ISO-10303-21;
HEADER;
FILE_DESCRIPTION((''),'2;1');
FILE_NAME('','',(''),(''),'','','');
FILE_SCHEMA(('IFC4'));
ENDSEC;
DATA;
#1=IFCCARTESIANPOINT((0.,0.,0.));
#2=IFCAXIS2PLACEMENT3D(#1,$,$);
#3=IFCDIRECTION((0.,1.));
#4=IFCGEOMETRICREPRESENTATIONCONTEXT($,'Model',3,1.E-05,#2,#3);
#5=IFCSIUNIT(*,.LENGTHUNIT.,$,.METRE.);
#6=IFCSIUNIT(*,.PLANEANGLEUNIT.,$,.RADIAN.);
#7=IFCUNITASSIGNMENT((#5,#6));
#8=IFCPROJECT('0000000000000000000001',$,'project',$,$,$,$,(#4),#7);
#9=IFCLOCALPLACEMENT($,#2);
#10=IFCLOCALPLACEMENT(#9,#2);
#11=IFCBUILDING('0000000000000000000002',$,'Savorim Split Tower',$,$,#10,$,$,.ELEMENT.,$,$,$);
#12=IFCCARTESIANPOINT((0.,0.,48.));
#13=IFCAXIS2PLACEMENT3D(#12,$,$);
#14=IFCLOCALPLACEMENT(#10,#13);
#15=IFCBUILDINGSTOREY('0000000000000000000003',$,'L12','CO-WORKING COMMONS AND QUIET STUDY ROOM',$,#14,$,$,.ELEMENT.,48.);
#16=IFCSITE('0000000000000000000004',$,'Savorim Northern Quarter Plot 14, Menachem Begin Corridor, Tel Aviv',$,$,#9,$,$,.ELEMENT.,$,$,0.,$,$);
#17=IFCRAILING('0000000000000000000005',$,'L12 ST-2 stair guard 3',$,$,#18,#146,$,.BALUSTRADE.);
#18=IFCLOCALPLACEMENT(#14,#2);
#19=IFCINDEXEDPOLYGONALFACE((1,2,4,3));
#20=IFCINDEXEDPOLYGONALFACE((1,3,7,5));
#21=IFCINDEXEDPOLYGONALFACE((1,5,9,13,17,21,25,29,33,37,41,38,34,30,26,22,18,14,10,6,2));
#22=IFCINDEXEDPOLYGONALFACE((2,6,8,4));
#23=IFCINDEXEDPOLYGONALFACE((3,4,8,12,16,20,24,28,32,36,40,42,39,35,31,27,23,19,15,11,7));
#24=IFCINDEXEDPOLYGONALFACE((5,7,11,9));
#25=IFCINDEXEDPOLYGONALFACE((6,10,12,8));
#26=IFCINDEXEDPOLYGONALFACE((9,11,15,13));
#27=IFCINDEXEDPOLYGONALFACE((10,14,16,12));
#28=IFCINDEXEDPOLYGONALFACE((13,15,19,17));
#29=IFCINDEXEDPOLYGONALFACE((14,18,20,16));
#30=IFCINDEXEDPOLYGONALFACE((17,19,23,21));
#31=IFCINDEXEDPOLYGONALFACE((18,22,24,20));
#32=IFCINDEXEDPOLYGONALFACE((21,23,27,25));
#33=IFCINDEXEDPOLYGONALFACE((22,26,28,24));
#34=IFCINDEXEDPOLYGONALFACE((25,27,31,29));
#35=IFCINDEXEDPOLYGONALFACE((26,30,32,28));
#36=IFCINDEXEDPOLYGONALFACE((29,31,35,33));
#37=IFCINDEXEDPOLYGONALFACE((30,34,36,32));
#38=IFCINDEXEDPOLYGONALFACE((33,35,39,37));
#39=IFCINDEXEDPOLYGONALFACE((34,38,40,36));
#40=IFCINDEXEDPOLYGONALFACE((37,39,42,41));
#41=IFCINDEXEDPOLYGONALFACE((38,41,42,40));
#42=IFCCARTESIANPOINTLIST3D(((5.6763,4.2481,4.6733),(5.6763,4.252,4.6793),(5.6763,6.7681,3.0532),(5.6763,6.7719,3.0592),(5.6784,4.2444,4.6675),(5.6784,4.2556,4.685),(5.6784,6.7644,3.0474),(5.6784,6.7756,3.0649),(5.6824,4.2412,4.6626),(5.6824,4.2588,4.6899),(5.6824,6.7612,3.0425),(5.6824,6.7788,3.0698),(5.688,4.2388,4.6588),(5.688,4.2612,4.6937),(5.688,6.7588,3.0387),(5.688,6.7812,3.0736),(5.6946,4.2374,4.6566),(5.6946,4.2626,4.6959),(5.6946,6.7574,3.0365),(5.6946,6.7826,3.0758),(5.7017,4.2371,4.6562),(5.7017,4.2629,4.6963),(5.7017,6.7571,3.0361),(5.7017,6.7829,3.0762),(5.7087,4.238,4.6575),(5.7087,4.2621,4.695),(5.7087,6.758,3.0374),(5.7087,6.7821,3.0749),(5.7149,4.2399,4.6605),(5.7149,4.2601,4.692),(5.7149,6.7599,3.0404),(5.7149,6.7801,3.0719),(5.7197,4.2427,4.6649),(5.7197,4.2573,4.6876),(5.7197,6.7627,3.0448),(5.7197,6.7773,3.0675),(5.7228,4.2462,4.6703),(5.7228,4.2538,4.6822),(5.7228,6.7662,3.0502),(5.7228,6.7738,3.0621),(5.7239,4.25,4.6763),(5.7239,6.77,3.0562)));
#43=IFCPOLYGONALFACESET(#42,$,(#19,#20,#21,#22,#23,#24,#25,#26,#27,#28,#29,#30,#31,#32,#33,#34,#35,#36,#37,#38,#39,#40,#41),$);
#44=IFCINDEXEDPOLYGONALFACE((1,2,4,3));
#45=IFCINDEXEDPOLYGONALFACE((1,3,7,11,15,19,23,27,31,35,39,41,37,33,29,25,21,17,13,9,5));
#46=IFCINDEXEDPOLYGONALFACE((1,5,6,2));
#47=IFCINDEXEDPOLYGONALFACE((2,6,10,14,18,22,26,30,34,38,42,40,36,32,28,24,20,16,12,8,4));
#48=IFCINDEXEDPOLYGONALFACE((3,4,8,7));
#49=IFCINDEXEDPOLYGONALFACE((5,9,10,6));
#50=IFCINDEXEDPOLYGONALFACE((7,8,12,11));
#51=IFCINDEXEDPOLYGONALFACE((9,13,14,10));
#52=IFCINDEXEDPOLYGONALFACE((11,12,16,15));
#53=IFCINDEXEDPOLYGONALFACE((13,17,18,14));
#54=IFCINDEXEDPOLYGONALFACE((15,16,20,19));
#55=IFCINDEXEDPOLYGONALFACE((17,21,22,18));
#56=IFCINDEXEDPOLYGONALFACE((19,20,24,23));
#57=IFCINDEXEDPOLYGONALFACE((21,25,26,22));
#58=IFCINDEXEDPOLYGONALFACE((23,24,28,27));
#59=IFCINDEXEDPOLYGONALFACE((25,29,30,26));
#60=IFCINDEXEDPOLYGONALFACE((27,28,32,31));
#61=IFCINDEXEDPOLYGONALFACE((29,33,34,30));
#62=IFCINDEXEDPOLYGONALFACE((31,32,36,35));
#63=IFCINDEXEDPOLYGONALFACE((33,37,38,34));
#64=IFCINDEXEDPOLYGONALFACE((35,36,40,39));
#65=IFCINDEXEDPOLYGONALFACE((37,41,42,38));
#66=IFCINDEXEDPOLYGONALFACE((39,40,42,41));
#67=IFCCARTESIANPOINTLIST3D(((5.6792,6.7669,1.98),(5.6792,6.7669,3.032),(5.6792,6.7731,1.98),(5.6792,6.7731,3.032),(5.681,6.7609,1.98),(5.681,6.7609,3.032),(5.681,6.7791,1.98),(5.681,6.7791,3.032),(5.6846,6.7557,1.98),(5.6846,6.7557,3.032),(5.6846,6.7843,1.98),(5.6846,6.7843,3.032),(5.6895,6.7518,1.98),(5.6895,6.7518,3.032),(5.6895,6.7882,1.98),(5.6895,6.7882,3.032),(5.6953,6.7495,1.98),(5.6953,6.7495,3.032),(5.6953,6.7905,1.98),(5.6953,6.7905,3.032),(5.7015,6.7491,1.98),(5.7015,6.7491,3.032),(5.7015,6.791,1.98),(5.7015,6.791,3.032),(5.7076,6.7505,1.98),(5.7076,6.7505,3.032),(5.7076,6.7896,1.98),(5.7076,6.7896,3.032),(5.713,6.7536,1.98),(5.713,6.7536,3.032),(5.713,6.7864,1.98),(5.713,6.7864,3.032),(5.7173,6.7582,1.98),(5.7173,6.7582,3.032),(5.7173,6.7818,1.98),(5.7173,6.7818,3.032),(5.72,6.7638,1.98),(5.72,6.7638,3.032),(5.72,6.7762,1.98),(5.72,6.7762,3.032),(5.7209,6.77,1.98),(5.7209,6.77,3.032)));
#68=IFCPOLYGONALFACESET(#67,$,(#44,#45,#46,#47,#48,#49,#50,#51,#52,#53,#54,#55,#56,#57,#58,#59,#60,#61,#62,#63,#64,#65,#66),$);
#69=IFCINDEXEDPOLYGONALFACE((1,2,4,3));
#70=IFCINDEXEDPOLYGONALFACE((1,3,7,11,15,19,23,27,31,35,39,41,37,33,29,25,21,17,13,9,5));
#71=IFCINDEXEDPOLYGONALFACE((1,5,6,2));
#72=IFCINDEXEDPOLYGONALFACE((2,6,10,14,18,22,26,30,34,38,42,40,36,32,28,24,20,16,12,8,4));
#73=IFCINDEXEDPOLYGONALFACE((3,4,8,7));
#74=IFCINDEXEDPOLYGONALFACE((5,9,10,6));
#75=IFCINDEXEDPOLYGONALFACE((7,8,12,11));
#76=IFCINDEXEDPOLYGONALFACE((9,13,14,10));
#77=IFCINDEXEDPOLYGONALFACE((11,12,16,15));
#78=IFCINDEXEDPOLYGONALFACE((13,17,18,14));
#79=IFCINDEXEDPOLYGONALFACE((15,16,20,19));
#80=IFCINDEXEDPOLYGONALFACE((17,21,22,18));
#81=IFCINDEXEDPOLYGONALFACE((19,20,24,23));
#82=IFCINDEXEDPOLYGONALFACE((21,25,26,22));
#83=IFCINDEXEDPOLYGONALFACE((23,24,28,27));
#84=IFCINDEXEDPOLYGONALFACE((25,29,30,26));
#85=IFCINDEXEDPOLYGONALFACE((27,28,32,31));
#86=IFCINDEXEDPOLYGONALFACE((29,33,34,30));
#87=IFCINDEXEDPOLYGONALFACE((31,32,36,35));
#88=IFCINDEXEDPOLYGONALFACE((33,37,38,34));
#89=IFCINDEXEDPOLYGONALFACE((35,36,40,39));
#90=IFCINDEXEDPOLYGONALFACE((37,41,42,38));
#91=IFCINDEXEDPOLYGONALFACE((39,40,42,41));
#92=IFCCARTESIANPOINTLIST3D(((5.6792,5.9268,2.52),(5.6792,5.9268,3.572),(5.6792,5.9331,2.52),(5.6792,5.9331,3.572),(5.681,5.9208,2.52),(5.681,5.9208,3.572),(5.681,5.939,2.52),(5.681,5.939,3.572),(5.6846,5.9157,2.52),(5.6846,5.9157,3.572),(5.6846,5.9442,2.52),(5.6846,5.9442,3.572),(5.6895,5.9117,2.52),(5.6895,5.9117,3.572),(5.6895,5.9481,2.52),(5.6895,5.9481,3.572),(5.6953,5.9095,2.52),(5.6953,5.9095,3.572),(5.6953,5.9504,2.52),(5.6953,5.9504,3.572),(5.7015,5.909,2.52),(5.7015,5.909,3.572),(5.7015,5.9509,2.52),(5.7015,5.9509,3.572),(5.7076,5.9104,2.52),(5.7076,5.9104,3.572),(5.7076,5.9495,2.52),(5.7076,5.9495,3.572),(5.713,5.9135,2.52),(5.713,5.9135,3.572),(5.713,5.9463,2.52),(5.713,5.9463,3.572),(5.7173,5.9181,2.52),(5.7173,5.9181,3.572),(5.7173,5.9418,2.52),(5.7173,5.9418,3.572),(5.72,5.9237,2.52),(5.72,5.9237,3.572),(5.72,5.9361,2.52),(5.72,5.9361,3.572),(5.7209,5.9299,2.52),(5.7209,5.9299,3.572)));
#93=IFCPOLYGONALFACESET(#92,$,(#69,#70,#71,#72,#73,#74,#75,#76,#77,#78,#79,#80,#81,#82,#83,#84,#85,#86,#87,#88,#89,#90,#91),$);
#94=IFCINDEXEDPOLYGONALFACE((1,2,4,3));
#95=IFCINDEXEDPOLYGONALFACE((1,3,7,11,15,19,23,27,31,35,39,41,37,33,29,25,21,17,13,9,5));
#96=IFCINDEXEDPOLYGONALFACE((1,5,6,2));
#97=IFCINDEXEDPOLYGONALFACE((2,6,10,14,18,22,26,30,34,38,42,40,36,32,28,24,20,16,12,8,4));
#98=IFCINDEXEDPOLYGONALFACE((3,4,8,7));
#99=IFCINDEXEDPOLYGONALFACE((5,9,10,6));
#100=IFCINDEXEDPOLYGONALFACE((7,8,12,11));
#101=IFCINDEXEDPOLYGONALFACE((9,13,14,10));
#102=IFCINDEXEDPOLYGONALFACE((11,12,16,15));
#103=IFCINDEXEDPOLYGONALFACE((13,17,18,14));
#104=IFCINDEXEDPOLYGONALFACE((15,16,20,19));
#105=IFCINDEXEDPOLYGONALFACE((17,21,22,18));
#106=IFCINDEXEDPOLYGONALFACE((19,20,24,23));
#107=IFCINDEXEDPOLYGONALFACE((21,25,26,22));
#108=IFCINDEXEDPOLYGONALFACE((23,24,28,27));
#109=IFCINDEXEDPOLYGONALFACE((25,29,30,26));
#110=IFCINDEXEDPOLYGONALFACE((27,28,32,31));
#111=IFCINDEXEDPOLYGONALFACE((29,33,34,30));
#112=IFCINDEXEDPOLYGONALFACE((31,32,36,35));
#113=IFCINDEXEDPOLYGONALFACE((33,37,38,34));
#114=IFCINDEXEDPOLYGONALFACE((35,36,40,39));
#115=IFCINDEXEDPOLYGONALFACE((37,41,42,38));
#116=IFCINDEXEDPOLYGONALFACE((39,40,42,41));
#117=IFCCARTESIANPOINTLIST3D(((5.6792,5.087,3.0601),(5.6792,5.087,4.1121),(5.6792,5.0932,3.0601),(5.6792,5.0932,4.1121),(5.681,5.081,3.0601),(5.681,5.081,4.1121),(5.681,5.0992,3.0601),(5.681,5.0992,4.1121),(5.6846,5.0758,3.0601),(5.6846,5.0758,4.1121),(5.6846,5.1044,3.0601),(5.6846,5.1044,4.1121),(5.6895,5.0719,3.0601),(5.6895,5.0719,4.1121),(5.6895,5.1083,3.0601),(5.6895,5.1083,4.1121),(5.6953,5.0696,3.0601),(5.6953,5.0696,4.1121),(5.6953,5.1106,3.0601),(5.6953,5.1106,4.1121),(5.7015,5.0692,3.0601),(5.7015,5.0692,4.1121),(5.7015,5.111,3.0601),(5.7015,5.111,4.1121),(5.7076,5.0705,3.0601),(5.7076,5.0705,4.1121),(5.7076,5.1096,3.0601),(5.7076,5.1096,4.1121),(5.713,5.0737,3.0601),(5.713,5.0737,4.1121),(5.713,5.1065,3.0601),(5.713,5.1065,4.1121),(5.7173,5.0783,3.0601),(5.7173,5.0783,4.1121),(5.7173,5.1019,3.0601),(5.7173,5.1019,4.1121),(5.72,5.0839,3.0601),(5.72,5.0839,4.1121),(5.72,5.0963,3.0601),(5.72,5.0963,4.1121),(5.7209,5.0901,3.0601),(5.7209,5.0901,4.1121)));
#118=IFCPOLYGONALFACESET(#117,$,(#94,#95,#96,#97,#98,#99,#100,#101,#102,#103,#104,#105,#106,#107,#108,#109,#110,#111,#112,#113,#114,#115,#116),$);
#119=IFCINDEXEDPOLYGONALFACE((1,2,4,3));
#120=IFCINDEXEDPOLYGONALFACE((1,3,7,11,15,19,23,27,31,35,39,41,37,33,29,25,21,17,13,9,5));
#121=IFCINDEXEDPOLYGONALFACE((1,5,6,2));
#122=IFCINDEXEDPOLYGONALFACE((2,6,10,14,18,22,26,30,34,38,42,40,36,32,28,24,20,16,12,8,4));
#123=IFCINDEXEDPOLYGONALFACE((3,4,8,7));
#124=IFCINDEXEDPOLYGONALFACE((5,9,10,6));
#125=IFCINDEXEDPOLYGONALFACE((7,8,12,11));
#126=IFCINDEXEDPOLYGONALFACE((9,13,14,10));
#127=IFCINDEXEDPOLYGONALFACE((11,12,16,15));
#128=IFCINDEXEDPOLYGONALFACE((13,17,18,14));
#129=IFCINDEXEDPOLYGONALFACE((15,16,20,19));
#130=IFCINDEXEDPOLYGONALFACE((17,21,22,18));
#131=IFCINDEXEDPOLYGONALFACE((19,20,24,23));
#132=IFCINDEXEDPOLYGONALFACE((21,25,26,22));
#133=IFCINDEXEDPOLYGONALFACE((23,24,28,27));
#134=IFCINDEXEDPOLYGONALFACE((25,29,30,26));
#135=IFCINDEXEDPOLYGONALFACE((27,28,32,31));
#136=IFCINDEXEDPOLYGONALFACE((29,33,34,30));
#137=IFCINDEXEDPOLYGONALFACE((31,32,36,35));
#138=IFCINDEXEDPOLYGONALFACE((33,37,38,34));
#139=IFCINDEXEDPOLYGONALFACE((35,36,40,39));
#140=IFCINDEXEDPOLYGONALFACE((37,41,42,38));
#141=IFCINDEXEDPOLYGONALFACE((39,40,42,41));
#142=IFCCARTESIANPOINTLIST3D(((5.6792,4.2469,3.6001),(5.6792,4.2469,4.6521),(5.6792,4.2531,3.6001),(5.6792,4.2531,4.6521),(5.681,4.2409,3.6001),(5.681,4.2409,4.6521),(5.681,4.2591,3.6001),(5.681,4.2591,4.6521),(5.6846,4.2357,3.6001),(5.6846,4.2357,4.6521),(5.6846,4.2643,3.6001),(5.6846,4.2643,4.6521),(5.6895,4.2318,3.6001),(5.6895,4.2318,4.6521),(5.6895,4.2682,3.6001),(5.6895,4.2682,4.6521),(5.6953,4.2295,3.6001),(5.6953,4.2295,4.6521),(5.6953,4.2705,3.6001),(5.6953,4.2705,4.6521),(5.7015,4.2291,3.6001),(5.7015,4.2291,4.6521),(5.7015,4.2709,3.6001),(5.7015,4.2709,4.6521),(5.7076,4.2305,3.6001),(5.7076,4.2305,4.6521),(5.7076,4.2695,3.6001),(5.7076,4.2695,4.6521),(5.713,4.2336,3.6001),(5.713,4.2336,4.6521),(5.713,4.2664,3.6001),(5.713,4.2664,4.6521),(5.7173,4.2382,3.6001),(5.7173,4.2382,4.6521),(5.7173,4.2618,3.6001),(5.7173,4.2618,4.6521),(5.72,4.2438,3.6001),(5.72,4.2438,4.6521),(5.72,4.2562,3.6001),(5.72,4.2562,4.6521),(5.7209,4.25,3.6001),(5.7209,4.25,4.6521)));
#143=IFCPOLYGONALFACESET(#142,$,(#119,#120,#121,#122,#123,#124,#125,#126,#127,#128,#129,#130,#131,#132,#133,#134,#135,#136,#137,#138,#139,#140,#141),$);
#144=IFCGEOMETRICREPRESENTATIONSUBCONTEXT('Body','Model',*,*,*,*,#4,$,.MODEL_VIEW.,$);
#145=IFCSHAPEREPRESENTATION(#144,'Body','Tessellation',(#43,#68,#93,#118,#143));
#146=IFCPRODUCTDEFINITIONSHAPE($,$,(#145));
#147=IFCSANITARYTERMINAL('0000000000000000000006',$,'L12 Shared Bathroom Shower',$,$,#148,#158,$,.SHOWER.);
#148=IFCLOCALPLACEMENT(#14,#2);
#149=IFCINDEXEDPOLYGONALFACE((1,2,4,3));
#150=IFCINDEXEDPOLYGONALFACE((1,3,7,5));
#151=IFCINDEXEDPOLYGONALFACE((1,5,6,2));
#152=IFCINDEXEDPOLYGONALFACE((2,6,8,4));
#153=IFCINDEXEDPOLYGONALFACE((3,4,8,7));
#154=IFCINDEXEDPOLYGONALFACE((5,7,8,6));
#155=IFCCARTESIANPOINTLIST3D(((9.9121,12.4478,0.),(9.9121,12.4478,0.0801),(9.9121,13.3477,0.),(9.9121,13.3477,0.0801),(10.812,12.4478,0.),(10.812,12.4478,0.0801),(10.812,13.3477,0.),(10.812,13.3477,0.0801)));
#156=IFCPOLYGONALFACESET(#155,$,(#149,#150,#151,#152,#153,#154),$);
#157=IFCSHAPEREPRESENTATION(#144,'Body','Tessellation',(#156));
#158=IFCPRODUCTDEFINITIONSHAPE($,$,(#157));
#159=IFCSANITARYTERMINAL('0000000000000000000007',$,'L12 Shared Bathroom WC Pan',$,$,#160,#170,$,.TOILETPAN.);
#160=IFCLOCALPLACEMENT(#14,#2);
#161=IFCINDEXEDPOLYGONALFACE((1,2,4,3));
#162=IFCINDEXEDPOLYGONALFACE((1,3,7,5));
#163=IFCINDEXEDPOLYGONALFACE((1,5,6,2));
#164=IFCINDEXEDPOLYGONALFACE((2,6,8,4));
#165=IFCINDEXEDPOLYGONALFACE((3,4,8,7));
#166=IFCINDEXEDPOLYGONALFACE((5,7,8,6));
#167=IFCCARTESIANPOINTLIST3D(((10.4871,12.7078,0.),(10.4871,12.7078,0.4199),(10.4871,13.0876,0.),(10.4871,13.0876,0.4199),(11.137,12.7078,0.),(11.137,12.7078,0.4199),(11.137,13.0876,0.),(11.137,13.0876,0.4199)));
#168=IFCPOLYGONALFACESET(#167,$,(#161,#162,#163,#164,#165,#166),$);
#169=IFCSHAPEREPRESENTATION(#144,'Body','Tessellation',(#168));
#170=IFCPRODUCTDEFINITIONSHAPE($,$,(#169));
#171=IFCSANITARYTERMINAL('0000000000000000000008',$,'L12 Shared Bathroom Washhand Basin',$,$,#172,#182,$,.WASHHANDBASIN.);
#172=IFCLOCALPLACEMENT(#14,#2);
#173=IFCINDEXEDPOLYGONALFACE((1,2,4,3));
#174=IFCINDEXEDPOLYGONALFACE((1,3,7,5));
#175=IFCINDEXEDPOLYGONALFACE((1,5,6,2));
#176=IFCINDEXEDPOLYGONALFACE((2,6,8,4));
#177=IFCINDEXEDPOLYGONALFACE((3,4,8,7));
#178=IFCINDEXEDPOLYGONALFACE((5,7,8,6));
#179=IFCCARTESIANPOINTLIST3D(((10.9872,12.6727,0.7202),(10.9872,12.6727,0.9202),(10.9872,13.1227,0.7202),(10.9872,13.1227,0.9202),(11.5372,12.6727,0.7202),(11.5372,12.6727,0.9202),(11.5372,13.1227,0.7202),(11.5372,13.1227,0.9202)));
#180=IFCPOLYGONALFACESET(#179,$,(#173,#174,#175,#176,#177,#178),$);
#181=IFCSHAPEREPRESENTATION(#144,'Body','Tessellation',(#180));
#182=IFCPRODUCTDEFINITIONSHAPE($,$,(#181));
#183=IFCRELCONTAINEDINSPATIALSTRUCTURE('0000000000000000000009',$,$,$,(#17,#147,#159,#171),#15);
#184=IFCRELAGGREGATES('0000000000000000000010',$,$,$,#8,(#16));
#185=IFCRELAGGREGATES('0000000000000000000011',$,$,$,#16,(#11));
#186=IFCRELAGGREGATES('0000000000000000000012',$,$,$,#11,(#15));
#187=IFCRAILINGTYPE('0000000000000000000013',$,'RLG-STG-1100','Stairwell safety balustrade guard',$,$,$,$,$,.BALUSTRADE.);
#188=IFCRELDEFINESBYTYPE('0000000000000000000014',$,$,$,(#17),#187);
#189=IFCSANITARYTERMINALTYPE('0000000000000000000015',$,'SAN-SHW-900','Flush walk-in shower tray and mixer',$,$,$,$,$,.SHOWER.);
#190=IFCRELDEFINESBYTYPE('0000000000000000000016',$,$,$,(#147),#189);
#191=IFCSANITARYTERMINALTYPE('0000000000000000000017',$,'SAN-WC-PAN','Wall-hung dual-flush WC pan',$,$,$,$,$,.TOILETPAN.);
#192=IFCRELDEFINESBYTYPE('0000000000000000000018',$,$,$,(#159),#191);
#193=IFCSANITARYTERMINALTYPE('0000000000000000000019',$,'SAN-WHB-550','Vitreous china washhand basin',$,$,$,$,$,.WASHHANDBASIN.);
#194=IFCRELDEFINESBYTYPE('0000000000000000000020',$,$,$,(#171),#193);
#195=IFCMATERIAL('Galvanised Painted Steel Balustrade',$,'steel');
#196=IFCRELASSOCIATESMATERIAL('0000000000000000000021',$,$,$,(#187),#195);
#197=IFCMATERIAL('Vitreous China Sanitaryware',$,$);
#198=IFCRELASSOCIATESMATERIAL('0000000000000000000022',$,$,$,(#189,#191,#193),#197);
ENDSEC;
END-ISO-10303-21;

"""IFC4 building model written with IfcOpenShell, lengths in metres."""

from ifc_helpers import new_model, si_unit, direction, frame, origin, origin_2d, place, context, subcontext, project, spatial, rectangle, circle, extrude, material, type_object, element, save


model = new_model("IFC4")

# Units and contexts
model_context = context("Model", 3, precision=1e-05, world=origin(), true_north=direction((0.0, 1.0)))
body_context = subcontext(model_context, "Body", "Model", "MODEL_VIEW")
ifc_project = project(units=[si_unit("LENGTHUNIT", "METRE"), si_unit("PLANEANGLEUNIT", "RADIAN")], contexts=[model_context])

# Site, building, storey
site_placement = place(None, origin())
site = spatial("IfcSite", under=ifc_project, at=site_placement, Name="Savorim Northern Quarter Plot 14, Menachem Begin Corridor, Tel Aviv", CompositionType="ELEMENT", RefElevation=0.0)
building_placement = place(site_placement, origin())
building = spatial("IfcBuilding", under=site, at=building_placement, Name="Savorim Split Tower", CompositionType="ELEMENT")
storey_placement = place(building_placement, frame((0.0, 0.0, 48.0)))
storey = spatial("IfcBuildingStorey", under=building, at=storey_placement, Name="L12", Description="CO-WORKING COMMONS AND QUIET STUDY ROOM", CompositionType="ELEMENT", Elevation=48.0)

# Railing
ifc_material_1 = material(Name="Galvanised Painted Steel Balustrade", Category="steel")
railing_type = type_object("IfcRailingType", Name="RLG-STG-1100", Description="Stairwell safety balustrade guard", PredefinedType="BALUSTRADE", material=ifc_material_1)
railing_1_placement = place(storey_placement, frame((5.7, 6.77, 1.98)))
element("IfcRailing", 1, at=railing_1_placement, inside=storey, type_object=railing_type, Name="L12 ST-2 stair guard 3", PredefinedType="BALUSTRADE", context=body_context, shape_type="SweptSolid", body=[
    extrude(circle(Radius=0.0239, at=origin_2d()), frame((0.0, 0.0, 1.0762), z_axis=(0.0, -0.841163, 0.540782), x_axis=(1.0, 0.0, 0.0)), (0.0, 0.0, 1.0), 2.9958),
    extrude(circle(Radius=0.021, at=origin_2d()), origin(), (0.0, 0.0, 1.0), 1.052),
    extrude(circle(Radius=0.021, at=origin_2d()), frame((0.0, -0.8401, 0.54)), (0.0, 0.0, 1.0), 1.052),
    extrude(circle(Radius=0.021, at=origin_2d()), frame((0.0, -1.6799, 1.0801)), (0.0, 0.0, 1.0), 1.052),
    extrude(circle(Radius=0.021, at=origin_2d()), frame((0.0, -2.52, 1.6201)), (0.0, 0.0, 1.0), 1.052),
])

# Sanitary terminals
ifc_material_2 = material(Name="Vitreous China Sanitaryware")
sanitary_terminal_type_1 = type_object("IfcSanitaryTerminalType", Name="SAN-SHW-900", Description="Flush walk-in shower tray and mixer", PredefinedType="SHOWER", material=ifc_material_2)
sanitary_terminal_1_placement = place(storey_placement, frame((10.3621, 12.8977, 0.0), z_axis=(0.0, 0.0, 1.0), x_axis=(1.0, 0.0, 0.0)))
element("IfcSanitaryTerminal", 2, at=sanitary_terminal_1_placement, inside=storey, type_object=sanitary_terminal_type_1, Name="L12 Shared Bathroom Shower", PredefinedType="SHOWER", context=body_context, shape_type="SweptSolid", body=[
    extrude(rectangle(XDim=0.8999, YDim=0.8999, at=origin_2d()), origin(), (0.0, 0.0, 1.0), 0.0801),
])
sanitary_terminal_type_2 = type_object("IfcSanitaryTerminalType", Name="SAN-WC-PAN", Description="Wall-hung dual-flush WC pan", PredefinedType="TOILETPAN", material=ifc_material_2)
sanitary_terminal_2_placement = place(storey_placement, frame((10.812, 12.8977, 0.0), z_axis=(0.0, 0.0, 1.0), x_axis=(1.0, 0.0, 0.0)))
element("IfcSanitaryTerminal", 3, at=sanitary_terminal_2_placement, inside=storey, type_object=sanitary_terminal_type_2, Name="L12 Shared Bathroom WC Pan", PredefinedType="TOILETPAN", context=body_context, shape_type="SweptSolid", body=[
    extrude(rectangle(XDim=0.6499, YDim=0.3799, at=origin_2d()), origin(), (0.0, 0.0, 1.0), 0.4199),
])
sanitary_terminal_type_3 = type_object("IfcSanitaryTerminalType", Name="SAN-WHB-550", Description="Vitreous china washhand basin", PredefinedType="WASHHANDBASIN", material=ifc_material_2)
sanitary_terminal_3_placement = place(storey_placement, frame((11.2622, 12.8977, 0.7202), z_axis=(0.0, 0.0, 1.0), x_axis=(1.0, 0.0, 0.0)))
element("IfcSanitaryTerminal", 4, at=sanitary_terminal_3_placement, inside=storey, type_object=sanitary_terminal_type_3, Name="L12 Shared Bathroom Washhand Basin", PredefinedType="WASHHANDBASIN", context=body_context, shape_type="SweptSolid", body=[
    extrude(rectangle(XDim=0.55, YDim=0.45, at=origin_2d()), origin(), (0.0, 0.0, 1.0), 0.2),
])

save(model, "model.ifc")
